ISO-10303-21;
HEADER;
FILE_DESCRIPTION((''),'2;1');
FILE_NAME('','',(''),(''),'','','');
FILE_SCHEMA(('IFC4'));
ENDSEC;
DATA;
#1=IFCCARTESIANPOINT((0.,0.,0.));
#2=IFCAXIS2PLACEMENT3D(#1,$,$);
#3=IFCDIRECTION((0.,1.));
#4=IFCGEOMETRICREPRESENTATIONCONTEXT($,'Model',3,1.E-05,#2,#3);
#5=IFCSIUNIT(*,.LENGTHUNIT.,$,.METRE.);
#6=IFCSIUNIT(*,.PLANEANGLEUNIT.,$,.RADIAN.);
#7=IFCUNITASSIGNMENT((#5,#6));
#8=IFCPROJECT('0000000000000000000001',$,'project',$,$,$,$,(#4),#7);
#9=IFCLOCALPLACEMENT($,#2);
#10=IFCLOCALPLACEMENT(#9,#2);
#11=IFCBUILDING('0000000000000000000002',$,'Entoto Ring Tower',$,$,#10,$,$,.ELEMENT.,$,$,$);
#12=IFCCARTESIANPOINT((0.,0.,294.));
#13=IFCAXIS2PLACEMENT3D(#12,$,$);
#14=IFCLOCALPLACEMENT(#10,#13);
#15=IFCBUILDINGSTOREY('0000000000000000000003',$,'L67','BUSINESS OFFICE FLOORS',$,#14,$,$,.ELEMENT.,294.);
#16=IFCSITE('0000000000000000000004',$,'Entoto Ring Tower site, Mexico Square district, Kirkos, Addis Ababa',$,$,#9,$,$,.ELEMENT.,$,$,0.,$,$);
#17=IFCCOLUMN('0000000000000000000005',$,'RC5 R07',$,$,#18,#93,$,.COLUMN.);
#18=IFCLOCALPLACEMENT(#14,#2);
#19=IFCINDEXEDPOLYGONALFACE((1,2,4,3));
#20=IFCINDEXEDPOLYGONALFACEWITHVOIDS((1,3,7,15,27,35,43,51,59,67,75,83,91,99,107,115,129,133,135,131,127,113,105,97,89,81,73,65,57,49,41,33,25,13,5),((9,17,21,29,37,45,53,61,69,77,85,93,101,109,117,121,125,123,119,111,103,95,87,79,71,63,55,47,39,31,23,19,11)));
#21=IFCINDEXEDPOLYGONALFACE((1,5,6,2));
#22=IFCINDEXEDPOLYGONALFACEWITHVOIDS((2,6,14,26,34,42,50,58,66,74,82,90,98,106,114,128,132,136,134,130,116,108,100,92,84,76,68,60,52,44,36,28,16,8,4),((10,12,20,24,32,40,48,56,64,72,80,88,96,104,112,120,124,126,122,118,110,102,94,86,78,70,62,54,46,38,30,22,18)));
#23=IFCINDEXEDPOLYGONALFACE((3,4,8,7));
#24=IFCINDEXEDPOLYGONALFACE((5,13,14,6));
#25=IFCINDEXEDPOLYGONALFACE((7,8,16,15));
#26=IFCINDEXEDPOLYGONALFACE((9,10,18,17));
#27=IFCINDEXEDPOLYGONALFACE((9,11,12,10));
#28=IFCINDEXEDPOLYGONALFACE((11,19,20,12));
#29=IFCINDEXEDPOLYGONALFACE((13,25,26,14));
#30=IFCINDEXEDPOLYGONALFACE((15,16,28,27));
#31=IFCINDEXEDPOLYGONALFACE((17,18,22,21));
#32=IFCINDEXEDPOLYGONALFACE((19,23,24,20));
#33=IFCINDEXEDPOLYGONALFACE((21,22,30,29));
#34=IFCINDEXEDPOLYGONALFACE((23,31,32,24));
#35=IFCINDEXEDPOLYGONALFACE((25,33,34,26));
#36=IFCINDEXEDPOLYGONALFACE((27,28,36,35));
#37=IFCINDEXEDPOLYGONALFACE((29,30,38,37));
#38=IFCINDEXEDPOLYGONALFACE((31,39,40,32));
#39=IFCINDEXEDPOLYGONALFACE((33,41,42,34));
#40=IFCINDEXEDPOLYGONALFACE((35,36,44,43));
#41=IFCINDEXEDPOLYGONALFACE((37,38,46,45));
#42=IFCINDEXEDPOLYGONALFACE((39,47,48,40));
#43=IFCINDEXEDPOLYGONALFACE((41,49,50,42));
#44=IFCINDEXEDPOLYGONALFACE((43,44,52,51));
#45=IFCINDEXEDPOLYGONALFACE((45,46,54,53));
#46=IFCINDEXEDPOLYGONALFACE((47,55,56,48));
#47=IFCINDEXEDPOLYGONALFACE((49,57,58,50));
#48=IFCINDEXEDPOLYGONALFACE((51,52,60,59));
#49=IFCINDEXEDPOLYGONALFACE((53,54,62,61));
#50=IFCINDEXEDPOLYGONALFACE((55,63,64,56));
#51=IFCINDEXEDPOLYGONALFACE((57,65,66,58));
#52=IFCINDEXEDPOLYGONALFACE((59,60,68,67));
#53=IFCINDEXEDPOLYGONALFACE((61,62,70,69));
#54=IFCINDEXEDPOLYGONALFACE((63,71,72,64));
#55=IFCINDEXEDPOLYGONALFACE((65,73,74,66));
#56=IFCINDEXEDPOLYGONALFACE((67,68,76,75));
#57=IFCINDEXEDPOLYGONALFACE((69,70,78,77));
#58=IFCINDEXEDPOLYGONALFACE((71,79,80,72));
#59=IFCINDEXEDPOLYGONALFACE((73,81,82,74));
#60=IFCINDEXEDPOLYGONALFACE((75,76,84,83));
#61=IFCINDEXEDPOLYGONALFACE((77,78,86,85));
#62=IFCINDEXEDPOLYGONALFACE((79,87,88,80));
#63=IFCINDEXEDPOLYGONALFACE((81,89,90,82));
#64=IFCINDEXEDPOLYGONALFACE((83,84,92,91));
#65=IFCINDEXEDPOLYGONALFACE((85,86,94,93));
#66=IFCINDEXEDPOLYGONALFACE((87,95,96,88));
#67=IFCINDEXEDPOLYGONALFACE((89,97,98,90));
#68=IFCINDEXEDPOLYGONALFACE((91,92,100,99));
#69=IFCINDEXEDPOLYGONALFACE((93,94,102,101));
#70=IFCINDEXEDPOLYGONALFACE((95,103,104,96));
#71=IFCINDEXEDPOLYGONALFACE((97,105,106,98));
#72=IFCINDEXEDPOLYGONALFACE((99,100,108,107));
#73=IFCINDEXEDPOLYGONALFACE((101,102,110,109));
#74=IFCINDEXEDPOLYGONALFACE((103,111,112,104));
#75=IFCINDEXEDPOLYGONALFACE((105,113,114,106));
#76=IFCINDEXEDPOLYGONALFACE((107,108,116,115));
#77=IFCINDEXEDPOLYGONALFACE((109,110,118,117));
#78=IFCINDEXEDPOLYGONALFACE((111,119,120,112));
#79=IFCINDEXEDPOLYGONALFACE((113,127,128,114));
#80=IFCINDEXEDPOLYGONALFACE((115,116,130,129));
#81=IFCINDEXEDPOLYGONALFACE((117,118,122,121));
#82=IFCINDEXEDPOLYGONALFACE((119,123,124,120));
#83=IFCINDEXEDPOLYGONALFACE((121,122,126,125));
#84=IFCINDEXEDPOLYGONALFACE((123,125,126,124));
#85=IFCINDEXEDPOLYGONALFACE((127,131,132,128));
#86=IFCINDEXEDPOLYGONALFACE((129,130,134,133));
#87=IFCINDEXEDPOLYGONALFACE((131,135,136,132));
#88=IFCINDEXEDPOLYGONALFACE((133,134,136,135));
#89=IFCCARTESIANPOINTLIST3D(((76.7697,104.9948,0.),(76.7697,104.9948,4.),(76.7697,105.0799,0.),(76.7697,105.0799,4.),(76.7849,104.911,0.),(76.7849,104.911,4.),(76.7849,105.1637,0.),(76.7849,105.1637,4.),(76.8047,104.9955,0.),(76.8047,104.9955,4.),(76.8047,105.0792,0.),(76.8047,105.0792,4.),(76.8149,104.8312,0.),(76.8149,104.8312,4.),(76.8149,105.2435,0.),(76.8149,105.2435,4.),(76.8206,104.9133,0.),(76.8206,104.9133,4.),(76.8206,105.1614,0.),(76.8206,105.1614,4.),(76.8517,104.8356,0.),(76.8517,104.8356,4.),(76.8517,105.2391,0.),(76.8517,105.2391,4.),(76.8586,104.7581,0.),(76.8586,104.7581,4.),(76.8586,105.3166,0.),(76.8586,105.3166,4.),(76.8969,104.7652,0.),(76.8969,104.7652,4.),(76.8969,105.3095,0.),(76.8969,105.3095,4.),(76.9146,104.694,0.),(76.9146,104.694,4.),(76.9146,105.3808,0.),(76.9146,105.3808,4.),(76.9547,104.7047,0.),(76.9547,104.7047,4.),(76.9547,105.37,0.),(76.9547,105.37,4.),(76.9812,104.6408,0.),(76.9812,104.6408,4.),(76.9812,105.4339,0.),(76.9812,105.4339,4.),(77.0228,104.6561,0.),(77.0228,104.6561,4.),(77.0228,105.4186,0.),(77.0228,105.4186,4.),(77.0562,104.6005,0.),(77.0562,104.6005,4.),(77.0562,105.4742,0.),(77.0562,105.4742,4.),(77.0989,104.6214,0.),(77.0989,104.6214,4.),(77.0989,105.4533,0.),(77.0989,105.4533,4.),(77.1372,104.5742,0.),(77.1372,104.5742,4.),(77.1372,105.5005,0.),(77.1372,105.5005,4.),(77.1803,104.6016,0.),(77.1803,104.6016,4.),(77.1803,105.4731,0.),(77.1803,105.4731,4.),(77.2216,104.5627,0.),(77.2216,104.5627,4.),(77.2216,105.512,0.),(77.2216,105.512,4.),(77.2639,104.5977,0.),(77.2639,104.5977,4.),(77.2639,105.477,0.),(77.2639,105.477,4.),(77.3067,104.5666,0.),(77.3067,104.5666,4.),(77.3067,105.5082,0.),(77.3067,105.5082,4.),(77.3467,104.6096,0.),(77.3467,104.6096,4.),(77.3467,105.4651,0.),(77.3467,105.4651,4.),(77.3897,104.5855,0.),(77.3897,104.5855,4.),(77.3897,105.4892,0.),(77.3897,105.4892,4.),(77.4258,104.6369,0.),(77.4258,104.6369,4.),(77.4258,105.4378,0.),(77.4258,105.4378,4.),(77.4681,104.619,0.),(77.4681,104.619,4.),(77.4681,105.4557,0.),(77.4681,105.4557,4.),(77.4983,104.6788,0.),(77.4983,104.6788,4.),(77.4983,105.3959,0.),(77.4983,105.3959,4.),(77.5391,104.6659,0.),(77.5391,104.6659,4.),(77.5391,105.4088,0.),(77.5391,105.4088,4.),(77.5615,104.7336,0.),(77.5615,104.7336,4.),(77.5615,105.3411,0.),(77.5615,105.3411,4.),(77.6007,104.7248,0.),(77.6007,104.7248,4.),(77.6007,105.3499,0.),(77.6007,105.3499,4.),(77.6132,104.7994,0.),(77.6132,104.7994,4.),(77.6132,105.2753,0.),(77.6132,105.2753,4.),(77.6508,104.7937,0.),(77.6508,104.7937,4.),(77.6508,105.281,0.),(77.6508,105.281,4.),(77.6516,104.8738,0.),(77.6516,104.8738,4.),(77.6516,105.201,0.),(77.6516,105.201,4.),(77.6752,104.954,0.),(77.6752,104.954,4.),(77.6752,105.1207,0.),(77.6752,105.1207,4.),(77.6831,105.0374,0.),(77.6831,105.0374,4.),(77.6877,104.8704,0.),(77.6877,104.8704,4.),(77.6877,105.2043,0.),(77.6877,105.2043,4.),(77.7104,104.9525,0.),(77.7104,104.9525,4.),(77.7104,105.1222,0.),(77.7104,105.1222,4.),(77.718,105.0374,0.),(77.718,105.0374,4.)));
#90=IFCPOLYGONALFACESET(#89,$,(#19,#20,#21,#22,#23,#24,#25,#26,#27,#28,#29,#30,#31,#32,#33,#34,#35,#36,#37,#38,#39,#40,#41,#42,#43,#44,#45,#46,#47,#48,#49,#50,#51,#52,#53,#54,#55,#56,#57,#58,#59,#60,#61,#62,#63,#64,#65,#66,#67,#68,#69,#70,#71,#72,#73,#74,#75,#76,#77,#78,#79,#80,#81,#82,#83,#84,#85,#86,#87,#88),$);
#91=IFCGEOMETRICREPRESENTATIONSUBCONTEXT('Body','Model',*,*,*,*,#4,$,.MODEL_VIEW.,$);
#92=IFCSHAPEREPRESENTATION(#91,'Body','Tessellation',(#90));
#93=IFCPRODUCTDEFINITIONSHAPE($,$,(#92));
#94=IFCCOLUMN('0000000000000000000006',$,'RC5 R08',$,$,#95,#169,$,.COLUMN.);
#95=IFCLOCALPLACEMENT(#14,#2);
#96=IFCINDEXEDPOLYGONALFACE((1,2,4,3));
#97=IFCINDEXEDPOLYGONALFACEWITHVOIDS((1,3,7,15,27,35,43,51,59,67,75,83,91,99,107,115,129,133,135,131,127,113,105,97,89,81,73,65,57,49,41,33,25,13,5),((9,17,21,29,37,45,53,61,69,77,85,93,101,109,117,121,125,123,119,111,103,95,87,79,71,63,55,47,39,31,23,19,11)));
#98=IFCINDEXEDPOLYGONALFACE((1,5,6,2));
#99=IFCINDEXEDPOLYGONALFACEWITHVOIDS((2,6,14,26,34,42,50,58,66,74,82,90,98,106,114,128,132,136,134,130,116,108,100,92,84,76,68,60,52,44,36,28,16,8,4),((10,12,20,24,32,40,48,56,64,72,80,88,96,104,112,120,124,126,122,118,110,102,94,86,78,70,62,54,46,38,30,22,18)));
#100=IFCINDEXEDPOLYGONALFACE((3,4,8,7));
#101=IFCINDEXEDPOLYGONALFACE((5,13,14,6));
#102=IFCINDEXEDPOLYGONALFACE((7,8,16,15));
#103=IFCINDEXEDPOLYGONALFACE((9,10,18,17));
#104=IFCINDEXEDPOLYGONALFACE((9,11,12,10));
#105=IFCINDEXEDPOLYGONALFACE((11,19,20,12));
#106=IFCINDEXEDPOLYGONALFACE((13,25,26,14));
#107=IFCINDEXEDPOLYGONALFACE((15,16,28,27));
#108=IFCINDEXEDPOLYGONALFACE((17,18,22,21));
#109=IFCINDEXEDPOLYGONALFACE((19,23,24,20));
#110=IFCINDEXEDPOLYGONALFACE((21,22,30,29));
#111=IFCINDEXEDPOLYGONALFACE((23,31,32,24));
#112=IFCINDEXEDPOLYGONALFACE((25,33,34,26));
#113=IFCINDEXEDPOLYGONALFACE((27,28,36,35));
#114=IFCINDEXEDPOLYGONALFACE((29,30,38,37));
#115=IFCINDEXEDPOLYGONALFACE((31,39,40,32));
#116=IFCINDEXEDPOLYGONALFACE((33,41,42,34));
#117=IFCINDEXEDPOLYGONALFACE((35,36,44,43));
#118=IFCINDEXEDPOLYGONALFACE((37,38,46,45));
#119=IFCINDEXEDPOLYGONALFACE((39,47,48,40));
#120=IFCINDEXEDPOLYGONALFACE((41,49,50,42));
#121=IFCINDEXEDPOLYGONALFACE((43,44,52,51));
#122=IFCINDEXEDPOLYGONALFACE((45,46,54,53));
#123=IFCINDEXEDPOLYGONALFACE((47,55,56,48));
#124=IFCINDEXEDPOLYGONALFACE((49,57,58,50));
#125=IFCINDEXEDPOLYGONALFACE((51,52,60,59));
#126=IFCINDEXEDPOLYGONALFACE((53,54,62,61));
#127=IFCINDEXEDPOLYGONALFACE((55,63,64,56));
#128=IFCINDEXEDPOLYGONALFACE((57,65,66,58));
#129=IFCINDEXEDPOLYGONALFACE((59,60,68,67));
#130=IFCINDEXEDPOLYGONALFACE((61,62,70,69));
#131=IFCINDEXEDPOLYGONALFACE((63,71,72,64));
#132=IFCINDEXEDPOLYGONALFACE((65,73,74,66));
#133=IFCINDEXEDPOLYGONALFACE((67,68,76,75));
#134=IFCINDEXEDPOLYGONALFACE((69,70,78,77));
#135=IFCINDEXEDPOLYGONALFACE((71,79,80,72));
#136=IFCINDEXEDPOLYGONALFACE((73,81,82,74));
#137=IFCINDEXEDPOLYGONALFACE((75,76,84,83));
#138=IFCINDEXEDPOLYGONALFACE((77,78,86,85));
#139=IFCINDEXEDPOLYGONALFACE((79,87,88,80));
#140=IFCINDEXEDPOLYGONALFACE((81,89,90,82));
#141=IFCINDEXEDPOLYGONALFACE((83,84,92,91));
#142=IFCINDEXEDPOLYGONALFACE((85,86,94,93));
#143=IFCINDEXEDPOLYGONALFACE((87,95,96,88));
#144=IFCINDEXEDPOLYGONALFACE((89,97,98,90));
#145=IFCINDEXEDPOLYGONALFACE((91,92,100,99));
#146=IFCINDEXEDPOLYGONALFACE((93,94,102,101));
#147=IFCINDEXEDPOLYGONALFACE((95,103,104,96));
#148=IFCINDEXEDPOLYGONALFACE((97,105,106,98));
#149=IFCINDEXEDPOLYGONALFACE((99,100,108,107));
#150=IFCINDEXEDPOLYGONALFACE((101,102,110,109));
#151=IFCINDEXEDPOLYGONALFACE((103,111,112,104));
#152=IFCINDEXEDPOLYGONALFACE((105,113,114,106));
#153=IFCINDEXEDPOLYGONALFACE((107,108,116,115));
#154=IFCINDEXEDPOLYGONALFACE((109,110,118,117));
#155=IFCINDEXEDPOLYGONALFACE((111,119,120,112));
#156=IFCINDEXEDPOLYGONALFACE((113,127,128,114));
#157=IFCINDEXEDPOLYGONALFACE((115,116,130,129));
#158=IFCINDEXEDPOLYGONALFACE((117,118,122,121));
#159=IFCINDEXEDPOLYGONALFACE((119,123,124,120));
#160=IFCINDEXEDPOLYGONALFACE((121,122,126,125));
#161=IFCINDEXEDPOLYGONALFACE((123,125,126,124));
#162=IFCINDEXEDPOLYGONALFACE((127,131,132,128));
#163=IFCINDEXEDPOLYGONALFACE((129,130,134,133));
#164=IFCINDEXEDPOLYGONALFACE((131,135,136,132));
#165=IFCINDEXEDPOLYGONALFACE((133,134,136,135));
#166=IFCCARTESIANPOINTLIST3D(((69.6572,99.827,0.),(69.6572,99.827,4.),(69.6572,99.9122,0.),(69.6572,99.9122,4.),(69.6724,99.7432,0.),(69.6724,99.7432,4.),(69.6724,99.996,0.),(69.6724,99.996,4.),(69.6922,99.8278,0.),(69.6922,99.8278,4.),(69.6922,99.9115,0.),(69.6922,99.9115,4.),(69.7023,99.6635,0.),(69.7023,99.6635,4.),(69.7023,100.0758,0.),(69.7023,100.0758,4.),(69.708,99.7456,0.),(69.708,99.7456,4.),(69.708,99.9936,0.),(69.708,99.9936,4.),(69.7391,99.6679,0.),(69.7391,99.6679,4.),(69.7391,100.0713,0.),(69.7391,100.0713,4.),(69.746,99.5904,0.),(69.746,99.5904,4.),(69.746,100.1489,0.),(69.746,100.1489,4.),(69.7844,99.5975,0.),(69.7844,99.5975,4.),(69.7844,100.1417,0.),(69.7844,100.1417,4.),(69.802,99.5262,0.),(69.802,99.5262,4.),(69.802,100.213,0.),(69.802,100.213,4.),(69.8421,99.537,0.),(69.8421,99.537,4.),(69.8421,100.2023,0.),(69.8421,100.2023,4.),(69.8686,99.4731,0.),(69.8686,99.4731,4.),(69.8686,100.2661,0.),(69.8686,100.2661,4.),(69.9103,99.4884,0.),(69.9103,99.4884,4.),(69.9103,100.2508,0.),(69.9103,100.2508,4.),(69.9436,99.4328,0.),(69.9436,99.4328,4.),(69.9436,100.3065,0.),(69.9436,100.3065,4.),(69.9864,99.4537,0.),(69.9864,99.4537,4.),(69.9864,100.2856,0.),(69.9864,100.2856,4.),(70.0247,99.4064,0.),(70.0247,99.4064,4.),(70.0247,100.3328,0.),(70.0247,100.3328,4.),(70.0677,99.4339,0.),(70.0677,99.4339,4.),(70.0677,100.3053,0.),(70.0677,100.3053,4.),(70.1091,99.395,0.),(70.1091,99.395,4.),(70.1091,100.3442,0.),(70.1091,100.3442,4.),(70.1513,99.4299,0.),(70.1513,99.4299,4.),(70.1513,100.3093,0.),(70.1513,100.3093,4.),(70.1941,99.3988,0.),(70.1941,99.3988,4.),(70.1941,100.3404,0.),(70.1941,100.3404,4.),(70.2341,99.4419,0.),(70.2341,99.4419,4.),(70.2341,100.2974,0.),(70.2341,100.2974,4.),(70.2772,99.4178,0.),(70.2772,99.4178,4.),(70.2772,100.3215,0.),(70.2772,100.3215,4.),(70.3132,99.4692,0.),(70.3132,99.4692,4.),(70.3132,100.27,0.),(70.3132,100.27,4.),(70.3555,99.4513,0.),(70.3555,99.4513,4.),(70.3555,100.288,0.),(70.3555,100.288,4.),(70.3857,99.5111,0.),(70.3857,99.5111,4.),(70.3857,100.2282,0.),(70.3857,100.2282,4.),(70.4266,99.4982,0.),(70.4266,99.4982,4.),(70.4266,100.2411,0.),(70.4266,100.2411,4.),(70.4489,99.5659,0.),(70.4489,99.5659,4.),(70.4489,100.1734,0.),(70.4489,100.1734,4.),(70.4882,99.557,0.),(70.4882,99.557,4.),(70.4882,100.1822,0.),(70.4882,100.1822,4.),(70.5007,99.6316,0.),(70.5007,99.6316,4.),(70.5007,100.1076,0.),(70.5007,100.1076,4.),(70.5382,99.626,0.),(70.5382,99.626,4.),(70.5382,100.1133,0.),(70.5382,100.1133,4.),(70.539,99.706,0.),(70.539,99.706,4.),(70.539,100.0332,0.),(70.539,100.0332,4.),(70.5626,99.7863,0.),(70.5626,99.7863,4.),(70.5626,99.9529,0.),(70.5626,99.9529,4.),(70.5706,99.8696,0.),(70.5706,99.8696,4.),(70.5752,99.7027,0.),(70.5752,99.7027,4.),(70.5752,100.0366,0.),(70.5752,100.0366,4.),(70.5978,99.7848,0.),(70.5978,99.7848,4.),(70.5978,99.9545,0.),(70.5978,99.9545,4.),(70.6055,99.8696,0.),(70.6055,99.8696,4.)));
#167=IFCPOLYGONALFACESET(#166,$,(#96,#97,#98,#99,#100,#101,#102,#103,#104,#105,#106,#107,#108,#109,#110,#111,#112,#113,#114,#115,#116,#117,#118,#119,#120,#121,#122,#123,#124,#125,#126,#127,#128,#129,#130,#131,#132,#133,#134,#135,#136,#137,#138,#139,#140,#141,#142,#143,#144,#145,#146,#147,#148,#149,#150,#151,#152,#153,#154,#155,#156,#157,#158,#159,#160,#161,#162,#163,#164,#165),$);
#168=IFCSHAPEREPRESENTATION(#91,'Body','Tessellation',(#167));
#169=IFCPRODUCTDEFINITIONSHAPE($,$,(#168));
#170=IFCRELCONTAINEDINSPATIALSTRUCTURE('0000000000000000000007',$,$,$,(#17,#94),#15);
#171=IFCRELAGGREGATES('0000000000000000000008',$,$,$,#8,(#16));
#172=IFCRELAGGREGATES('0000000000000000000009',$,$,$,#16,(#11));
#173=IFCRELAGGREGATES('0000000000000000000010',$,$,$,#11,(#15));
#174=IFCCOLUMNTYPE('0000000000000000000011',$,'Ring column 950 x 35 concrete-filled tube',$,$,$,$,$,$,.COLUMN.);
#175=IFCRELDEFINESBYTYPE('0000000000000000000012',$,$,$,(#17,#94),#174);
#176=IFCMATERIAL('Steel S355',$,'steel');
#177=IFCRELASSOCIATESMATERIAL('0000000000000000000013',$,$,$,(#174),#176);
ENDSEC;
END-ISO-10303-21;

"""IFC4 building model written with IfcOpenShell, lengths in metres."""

from ifc_helpers import new_model, si_unit, direction, frame, origin, origin_2d, place, context, subcontext, project, spatial, circle, hollow_circle, extrude, material, material_profile, profile_set, type_object, element, save


model = new_model("IFC4")

# Units and contexts
model_context = context("Model", 3, precision=1e-05, world=origin(), true_north=direction((0.0, 1.0)))
body_context = subcontext(model_context, "Body", "Model", "MODEL_VIEW")
ifc_project = project(units=[si_unit("LENGTHUNIT", "METRE"), si_unit("PLANEANGLEUNIT", "RADIAN")], contexts=[model_context])

# Site, building, storey
site_placement = place(None, origin())
site = spatial("IfcSite", under=ifc_project, at=site_placement, Name="Entoto Ring Tower site, Mexico Square district, Kirkos, Addis Ababa", CompositionType="ELEMENT", RefElevation=0.0)
building_placement = place(site_placement, origin())
building = spatial("IfcBuilding", under=site, at=building_placement, Name="Entoto Ring Tower", CompositionType="ELEMENT")
storey_placement = place(building_placement, frame((0.0, 0.0, 294.0)))
storey = spatial("IfcBuildingStorey", under=building, at=storey_placement, Name="L67", Description="BUSINESS OFFICE FLOORS", CompositionType="ELEMENT", Elevation=294.0)

# Columns
ifc_material_1 = material(Name="Steel S355", Category="steel")
ifc_material_profile_1 = material_profile(ifc_material_1, hollow_circle(Radius=0.4751, WallThickness=0.0349, at=origin_2d()), Name="CHS 950 x 35")
ifc_material_2 = material(Name="Concrete C60/75", Category="concrete")
ifc_material_profile_2 = material_profile(ifc_material_2, circle(Radius=0.4399, at=origin_2d()), Name="Concrete C60/75 infill")
ifc_profile_set_1 = profile_set([ifc_material_profile_1, ifc_material_profile_2], Name="Steel S355")
column_type = type_object("IfcColumnType", Name="Ring column 950 x 35 concrete-filled tube", PredefinedType="COLUMN", material=ifc_profile_set_1)
for number, where, z_axis, x_axis, name in (
    (1, (77.2429, 105.0374, 0.0), (0.0, 0.0, 1.0), (1.0, 0.0, 0.0), "RC5 R07"),
    (2, (70.1304, 99.8696, 0.0), (0.0, 0.0, 1.0), (1.0, 0.0, 0.0), "RC5 R08"),
):
    element("IfcColumn", number, at=place(storey_placement, frame(where, z_axis=z_axis, x_axis=x_axis)), inside=storey, type_object=column_type, Name=name, PredefinedType="COLUMN", context=body_context, shape_type="SweptSolid", body=[
        extrude(hollow_circle(Radius=0.4751, WallThickness=0.0349, at=origin_2d()), origin(), (0.0, 0.0, 1.0), 4.0),
    ])

save(model, "model.ifc")
